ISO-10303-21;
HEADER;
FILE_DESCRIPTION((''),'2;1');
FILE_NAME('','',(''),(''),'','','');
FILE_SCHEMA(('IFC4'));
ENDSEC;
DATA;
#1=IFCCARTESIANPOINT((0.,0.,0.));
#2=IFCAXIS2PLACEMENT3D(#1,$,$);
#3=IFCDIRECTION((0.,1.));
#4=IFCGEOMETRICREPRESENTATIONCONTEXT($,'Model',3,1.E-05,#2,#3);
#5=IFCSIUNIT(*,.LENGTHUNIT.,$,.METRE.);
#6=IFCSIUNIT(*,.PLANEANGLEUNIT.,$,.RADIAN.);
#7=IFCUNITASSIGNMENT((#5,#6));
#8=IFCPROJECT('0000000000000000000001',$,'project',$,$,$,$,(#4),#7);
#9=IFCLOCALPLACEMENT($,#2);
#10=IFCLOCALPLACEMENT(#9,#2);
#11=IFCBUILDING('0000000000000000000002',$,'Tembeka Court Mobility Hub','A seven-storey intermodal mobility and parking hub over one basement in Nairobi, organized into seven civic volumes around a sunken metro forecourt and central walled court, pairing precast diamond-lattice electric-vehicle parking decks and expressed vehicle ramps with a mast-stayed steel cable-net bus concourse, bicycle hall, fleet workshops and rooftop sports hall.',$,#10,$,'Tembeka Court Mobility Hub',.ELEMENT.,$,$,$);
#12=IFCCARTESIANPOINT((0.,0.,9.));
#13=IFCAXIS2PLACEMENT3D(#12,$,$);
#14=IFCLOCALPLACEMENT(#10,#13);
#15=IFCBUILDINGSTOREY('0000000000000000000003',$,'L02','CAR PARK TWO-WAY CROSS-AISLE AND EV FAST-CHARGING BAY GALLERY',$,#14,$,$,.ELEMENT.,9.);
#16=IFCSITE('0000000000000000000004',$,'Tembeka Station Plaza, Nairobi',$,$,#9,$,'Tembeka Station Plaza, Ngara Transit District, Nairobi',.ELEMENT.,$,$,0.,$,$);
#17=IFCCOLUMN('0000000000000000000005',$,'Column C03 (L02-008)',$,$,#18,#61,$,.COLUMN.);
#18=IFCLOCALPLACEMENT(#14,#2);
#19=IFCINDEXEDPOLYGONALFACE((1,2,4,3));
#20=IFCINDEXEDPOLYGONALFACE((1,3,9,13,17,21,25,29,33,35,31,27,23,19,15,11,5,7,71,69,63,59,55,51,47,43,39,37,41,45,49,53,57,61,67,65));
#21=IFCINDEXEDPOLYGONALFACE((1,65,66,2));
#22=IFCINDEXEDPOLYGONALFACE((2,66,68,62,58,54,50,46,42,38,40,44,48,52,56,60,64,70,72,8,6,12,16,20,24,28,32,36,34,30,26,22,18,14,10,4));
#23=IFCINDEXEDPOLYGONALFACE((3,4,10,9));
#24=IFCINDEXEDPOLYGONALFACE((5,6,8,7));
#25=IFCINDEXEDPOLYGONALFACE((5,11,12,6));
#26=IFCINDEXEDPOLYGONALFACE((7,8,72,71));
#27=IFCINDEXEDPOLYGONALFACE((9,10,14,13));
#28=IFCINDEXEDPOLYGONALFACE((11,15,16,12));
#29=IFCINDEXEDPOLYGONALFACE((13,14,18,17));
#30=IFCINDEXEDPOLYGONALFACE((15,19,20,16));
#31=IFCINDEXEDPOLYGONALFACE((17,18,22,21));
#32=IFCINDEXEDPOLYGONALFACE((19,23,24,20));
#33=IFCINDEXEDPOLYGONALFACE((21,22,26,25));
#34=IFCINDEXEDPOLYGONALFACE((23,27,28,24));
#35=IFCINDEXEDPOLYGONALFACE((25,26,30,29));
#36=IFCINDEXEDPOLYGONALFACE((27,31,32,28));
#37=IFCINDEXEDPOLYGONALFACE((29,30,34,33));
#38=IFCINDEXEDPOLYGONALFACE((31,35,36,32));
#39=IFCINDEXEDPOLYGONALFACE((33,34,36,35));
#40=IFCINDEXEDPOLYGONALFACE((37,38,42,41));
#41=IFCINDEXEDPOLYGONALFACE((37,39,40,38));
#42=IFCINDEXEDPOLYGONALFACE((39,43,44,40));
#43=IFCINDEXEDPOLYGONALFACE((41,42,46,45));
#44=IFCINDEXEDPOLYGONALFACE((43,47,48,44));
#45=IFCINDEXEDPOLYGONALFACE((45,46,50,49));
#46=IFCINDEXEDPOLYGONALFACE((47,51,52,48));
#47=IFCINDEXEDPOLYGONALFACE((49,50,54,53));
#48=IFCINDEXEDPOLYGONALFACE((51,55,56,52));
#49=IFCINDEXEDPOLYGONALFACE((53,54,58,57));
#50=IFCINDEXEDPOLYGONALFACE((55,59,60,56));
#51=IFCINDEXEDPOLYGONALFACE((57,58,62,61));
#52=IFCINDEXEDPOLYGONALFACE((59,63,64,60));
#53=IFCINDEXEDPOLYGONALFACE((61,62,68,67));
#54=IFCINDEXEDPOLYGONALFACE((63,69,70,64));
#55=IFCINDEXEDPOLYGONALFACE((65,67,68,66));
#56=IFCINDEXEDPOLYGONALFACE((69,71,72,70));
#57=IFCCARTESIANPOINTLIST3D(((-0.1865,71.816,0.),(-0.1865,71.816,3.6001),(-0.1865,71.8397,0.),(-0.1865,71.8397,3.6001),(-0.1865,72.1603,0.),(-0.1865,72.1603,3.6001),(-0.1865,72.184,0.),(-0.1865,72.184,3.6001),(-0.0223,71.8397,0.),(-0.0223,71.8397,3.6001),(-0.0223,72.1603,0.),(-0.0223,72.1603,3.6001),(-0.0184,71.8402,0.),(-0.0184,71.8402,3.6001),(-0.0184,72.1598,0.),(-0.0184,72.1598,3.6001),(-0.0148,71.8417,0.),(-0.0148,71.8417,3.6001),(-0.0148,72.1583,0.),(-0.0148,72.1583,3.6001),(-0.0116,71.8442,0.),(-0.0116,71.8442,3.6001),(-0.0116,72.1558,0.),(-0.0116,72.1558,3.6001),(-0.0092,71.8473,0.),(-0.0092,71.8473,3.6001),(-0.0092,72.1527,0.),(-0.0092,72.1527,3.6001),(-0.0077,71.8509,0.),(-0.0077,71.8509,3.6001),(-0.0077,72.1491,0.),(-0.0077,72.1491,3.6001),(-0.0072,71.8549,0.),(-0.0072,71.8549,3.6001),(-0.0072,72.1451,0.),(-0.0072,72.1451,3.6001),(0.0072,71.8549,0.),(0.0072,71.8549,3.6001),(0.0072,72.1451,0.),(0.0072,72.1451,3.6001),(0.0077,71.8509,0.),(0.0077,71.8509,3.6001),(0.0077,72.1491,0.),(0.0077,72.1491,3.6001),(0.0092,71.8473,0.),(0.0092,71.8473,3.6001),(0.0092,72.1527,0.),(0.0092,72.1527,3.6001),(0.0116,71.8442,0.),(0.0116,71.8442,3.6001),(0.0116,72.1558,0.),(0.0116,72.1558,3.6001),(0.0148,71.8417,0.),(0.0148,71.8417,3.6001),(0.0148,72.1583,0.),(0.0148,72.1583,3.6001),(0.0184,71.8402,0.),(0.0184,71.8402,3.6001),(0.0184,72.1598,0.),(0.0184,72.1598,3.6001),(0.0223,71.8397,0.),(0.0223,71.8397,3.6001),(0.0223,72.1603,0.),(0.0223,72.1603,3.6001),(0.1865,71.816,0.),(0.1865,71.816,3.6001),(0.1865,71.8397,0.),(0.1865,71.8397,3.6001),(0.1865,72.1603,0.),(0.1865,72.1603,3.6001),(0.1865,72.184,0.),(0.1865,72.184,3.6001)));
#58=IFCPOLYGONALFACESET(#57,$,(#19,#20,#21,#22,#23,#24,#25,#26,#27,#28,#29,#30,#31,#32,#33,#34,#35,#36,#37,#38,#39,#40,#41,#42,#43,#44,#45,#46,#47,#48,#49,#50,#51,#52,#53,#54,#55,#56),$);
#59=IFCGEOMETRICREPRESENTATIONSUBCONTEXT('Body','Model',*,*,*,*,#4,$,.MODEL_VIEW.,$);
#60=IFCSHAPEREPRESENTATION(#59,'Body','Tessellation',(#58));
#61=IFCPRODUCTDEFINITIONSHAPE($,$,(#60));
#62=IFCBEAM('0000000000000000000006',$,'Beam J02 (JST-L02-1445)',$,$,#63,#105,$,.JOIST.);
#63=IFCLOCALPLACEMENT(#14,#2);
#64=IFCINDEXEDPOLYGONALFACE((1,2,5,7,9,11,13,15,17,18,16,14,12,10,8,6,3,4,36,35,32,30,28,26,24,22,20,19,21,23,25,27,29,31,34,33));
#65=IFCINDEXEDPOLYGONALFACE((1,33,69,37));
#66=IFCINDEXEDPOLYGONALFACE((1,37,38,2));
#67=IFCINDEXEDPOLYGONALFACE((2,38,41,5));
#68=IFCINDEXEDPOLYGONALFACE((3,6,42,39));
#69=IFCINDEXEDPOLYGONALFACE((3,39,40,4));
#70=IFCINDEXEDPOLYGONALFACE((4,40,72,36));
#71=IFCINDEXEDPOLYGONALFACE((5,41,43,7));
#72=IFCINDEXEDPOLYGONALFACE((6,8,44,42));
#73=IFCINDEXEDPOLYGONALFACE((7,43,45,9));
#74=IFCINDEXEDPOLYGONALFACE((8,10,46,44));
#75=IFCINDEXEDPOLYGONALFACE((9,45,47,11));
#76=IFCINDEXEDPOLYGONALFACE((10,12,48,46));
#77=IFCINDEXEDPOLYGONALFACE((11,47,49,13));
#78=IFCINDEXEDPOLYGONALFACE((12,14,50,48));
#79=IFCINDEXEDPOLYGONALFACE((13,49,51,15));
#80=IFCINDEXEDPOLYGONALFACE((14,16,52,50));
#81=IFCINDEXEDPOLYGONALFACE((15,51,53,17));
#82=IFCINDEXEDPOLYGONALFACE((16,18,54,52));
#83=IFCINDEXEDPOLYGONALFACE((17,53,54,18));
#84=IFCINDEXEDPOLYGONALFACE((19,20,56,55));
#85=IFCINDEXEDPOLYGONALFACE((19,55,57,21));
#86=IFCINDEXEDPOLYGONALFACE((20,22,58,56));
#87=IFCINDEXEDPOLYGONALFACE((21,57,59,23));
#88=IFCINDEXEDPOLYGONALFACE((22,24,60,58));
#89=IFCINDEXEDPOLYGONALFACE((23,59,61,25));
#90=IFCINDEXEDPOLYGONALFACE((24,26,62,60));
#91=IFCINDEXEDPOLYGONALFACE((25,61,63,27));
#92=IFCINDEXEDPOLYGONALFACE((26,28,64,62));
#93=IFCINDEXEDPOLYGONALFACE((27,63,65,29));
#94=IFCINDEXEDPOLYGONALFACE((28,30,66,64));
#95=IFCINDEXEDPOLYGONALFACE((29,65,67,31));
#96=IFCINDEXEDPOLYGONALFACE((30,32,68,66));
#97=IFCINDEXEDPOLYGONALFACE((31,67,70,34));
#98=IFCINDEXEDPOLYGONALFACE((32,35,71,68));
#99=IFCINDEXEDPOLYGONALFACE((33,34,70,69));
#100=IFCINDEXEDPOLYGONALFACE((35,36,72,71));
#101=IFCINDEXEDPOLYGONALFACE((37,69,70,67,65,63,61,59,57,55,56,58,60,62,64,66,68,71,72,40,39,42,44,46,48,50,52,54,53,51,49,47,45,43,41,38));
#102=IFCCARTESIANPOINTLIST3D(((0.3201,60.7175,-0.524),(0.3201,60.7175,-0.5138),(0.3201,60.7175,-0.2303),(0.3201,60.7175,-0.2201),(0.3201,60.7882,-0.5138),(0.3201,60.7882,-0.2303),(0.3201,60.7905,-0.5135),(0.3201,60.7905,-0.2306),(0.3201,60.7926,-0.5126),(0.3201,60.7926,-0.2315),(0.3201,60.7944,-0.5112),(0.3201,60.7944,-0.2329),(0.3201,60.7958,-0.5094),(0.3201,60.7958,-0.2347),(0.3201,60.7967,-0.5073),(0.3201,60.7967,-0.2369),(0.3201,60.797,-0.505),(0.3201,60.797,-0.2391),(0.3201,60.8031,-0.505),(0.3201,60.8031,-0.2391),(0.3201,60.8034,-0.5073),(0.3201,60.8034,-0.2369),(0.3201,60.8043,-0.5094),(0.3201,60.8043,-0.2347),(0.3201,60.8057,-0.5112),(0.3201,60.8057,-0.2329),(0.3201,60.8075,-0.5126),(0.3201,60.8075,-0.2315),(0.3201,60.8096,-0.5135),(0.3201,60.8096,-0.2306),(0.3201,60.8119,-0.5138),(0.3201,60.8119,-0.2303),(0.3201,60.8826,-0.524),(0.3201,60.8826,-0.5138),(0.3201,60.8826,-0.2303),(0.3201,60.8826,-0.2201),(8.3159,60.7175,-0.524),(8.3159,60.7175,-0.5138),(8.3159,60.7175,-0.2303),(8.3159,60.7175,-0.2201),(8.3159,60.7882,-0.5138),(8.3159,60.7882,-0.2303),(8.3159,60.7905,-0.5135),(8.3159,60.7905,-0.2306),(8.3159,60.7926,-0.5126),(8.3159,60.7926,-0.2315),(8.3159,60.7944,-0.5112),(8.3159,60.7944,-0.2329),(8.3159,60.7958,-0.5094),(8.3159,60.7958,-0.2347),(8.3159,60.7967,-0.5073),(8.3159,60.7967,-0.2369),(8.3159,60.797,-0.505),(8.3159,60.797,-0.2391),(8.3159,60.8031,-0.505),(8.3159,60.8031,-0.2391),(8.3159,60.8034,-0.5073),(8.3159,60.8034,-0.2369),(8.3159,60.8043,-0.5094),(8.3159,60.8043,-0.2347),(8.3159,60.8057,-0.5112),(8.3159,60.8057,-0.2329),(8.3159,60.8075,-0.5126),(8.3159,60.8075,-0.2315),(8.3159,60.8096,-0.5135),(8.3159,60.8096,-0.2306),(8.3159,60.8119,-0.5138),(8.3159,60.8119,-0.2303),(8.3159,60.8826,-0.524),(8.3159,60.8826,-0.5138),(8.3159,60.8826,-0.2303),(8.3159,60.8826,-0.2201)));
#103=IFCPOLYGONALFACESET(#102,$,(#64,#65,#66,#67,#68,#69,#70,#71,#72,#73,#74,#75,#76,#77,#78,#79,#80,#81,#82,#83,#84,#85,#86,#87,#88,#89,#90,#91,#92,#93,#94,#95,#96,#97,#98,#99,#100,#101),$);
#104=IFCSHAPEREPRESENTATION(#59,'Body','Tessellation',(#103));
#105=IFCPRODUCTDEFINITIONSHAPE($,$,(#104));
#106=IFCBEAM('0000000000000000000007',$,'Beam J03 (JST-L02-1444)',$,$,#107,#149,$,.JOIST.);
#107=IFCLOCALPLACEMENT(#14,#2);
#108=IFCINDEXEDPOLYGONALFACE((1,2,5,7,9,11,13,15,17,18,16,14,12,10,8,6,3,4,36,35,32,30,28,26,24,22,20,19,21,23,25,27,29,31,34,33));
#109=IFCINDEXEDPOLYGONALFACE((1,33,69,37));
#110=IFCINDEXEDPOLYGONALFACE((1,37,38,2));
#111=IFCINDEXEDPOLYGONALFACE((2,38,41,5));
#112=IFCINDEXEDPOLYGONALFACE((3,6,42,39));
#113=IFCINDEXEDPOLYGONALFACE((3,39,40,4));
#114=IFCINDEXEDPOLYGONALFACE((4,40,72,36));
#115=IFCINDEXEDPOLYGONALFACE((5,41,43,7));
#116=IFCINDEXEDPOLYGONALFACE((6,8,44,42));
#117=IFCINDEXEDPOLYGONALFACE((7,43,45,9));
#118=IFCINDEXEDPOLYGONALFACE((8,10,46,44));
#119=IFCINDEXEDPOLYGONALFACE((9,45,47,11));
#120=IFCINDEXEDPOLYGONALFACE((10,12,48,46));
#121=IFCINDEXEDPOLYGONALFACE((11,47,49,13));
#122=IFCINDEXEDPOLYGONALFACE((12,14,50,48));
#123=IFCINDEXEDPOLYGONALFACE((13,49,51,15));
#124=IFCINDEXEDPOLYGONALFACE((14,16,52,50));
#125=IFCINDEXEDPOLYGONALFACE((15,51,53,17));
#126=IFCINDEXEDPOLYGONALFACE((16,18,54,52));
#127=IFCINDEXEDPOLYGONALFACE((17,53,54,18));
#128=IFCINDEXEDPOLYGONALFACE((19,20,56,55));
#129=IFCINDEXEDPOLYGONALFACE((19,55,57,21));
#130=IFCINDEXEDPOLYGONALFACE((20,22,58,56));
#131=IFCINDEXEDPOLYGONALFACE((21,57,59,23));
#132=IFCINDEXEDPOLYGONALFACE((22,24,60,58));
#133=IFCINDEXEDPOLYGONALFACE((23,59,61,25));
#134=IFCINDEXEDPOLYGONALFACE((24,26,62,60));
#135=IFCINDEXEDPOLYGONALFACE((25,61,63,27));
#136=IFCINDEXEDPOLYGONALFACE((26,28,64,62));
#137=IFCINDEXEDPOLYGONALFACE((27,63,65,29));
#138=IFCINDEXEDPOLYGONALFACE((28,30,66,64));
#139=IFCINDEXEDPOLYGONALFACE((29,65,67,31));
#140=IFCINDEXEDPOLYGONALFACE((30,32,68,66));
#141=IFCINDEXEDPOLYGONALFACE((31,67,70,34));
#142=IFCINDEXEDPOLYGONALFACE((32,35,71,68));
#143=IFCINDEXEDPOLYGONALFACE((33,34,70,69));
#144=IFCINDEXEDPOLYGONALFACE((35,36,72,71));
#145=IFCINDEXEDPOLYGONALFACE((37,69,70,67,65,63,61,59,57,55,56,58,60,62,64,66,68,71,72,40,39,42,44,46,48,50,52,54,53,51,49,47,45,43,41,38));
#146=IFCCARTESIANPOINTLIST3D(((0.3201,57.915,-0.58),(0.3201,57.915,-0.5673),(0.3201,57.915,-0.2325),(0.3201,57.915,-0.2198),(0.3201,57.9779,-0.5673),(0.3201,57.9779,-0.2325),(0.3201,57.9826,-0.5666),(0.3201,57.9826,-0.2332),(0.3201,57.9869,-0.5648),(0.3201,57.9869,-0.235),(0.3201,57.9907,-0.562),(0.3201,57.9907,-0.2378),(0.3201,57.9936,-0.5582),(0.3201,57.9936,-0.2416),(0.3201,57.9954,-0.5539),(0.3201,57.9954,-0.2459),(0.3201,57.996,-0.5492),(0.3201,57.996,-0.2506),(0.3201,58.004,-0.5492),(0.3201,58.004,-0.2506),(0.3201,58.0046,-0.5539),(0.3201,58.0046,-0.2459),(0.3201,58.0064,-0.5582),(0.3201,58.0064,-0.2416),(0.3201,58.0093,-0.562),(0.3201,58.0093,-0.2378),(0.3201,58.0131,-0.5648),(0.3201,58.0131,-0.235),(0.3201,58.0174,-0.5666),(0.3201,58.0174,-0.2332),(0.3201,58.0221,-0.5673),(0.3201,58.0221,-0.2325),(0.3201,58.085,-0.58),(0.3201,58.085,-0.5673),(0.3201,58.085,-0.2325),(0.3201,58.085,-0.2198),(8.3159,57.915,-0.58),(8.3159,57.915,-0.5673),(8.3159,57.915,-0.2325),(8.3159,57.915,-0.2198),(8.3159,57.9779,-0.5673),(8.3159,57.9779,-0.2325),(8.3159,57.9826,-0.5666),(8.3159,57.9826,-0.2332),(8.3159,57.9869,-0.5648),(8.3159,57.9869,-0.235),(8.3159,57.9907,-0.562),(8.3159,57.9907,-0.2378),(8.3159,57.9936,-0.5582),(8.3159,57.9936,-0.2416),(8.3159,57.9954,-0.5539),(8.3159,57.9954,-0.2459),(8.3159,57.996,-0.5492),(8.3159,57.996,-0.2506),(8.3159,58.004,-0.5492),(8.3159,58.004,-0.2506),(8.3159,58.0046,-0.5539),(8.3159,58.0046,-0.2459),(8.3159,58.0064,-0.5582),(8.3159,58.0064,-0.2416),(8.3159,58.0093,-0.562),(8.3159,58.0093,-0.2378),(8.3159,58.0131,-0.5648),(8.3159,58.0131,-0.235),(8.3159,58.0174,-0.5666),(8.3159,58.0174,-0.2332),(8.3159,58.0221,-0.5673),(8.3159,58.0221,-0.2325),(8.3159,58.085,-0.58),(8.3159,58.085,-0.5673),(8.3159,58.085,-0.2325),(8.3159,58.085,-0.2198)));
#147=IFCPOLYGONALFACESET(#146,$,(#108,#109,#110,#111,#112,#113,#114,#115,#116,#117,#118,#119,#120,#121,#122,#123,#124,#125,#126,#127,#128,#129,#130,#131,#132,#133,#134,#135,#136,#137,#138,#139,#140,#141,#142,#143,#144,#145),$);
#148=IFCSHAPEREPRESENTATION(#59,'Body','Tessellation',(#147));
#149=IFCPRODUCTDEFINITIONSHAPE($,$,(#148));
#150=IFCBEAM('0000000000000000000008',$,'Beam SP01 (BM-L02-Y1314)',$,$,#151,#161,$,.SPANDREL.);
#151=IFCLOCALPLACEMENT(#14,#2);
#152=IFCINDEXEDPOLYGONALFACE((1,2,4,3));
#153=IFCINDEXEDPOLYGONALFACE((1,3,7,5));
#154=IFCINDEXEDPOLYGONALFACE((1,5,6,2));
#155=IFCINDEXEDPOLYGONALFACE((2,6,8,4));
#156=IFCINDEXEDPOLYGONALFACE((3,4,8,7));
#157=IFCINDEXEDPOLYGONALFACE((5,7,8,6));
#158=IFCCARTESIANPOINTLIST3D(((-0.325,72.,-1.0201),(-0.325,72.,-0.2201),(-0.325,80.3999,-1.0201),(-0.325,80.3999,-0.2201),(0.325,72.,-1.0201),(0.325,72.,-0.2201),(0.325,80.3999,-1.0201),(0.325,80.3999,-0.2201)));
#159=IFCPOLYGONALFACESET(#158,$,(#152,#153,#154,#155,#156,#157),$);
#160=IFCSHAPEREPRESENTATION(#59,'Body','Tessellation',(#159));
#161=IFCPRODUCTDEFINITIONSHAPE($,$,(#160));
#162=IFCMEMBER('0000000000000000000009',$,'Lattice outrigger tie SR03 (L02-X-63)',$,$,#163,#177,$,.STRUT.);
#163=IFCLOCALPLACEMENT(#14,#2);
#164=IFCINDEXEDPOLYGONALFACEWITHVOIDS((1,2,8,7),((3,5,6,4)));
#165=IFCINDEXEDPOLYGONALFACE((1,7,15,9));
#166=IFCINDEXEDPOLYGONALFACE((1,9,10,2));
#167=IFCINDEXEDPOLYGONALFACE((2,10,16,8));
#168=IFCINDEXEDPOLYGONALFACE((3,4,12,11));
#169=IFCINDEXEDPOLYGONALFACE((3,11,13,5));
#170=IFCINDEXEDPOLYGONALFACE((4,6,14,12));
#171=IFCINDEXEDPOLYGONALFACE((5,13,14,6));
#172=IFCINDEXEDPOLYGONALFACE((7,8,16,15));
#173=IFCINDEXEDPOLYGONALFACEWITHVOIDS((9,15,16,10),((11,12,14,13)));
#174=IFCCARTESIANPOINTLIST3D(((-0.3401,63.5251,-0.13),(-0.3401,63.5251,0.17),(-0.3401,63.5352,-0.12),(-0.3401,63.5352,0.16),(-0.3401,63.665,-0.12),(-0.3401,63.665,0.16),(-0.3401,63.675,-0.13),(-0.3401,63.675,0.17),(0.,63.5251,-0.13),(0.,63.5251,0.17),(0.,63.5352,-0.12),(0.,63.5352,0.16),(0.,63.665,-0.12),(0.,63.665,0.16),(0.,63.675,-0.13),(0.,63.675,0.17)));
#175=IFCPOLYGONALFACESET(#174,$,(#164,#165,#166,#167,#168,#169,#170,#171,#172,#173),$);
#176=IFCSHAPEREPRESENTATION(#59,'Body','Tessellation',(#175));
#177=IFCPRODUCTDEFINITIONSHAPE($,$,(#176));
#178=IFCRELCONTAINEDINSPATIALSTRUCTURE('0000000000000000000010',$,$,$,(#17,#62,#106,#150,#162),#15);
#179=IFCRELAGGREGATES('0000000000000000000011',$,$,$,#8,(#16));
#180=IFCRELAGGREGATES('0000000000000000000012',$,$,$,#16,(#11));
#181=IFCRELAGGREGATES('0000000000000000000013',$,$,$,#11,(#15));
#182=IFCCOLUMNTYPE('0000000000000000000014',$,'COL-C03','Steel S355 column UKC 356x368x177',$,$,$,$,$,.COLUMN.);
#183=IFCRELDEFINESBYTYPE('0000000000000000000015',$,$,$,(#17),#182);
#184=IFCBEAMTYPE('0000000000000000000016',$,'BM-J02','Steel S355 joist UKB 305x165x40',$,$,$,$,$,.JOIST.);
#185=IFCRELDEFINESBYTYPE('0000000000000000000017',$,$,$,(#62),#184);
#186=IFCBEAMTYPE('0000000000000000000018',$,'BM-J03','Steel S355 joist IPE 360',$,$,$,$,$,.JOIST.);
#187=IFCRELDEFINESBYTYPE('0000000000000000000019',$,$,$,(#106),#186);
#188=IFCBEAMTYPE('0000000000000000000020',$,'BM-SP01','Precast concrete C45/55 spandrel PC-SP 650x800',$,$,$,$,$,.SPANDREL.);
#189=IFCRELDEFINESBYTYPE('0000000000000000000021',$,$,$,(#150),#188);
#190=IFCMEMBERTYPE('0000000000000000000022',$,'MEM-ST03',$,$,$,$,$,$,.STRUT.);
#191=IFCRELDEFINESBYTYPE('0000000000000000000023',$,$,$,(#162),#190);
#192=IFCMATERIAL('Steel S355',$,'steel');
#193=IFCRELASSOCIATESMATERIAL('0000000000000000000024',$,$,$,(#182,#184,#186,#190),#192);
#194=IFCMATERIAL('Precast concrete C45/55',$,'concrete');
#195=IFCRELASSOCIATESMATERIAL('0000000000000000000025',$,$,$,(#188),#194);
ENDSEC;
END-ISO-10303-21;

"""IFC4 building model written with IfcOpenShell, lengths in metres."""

from ifc_helpers import new_model, si_unit, direction, frame, origin, origin_2d, place, context, subcontext, project, spatial, rectangle, hollow_rectangle, i_section, extrude, material, material_profile, profile_set, type_object, element, save


model = new_model("IFC4")

# Units and contexts
model_context = context("Model", 3, precision=1e-05, world=origin(), true_north=direction((0.0, 1.0)))
body_context = subcontext(model_context, "Body", "Model", "MODEL_VIEW")
ifc_project = project(units=[si_unit("LENGTHUNIT", "METRE"), si_unit("PLANEANGLEUNIT", "RADIAN")], contexts=[model_context])

# Site, building, storey
site_placement = place(None, origin())
site = spatial("IfcSite", under=ifc_project, at=site_placement, Name="Tembeka Station Plaza, Nairobi", LongName="Tembeka Station Plaza, Ngara Transit District, Nairobi", CompositionType="ELEMENT", RefElevation=0.0)
building_placement = place(site_placement, origin())
building = spatial("IfcBuilding", under=site, at=building_placement, Name="Tembeka Court Mobility Hub", Description="A seven-storey intermodal mobility and parking hub over one basement in Nairobi, organized into seven civic volumes around a sunken metro forecourt and central walled court, pairing precast diamond-lattice electric-vehicle parking decks and expressed vehicle ramps with a mast-stayed steel cable-net bus concourse, bicycle hall, fleet workshops and rooftop sports hall.", LongName="Tembeka Court Mobility Hub", CompositionType="ELEMENT")
storey_placement = place(building_placement, frame((0.0, 0.0, 9.0)))
storey = spatial("IfcBuildingStorey", under=building, at=storey_placement, Name="L02", Description="CAR PARK TWO-WAY CROSS-AISLE AND EV FAST-CHARGING BAY GALLERY", CompositionType="ELEMENT", Elevation=9.0)

# Column
ifc_material_1 = material(Name="Steel S355", Category="steel")
ifc_material_profile_1 = material_profile(ifc_material_1, i_section(OverallWidth=0.373, OverallDepth=0.3679, WebThickness=0.0144, FlangeThickness=0.0237, FilletRadius=0.0151, at=origin_2d()), Name="UKC 356x368x177")
ifc_profile_set_1 = profile_set([ifc_material_profile_1], Name="Steel S355")
column_type = type_object("IfcColumnType", Name="COL-C03", Description="Steel S355 column UKC 356x368x177", PredefinedType="COLUMN", material=ifc_profile_set_1)
column_placement = place(storey_placement, frame((0.0, 72.0, 0.0), z_axis=(0.0, 0.0, 1.0), x_axis=(1.0, 0.0, 0.0)))
element("IfcColumn", 1, at=column_placement, inside=storey, type_object=column_type, Name="Column C03 (L02-008)", PredefinedType="COLUMN", context=body_context, shape_type="SweptSolid", body=[
    extrude(i_section(OverallWidth=0.373, OverallDepth=0.3679, WebThickness=0.0144, FlangeThickness=0.0237, FilletRadius=0.0151, at=origin_2d()), origin(), (0.0, 0.0, 1.0), 3.6001),
])

# Beams
ifc_material_profile_2 = material_profile(ifc_material_1, i_section(OverallWidth=0.165, OverallDepth=0.304, WebThickness=0.0061, FlangeThickness=0.0103, FilletRadius=0.0088, at=origin_2d()), Name="UKB 305x165x40")
ifc_profile_set_2 = profile_set([ifc_material_profile_2], Name="Steel S355")
beam_type_1 = type_object("IfcBeamType", Name="BM-J02", Description="Steel S355 joist UKB 305x165x40", PredefinedType="JOIST", material=ifc_profile_set_2)
beam_1_placement = place(storey_placement, frame((0.3201, 60.8, -0.3721), z_axis=(1.0, 0.0, 0.0), x_axis=(0.0, 1.0, 0.0)))
element("IfcBeam", 2, at=beam_1_placement, inside=storey, type_object=beam_type_1, Name="Beam J02 (JST-L02-1445)", PredefinedType="JOIST", context=body_context, shape_type="SweptSolid", body=[
    extrude(i_section(OverallWidth=0.165, OverallDepth=0.304, WebThickness=0.0061, FlangeThickness=0.0103, FilletRadius=0.0088, at=origin_2d()), origin(), (0.0, 0.0, 1.0), 7.9958),
])
ifc_material_profile_3 = material_profile(ifc_material_1, i_section(OverallWidth=0.1699, OverallDepth=0.3601, WebThickness=0.0081, FlangeThickness=0.0127, FilletRadius=0.0181, at=origin_2d()), Name="IPE 360")
ifc_profile_set_3 = profile_set([ifc_material_profile_3], Name="Steel S355")
beam_type_2 = type_object("IfcBeamType", Name="BM-J03", Description="Steel S355 joist IPE 360", PredefinedType="JOIST", material=ifc_profile_set_3)
beam_2_placement = place(storey_placement, frame((0.3201, 58.0, -0.3999), z_axis=(1.0, 0.0, 0.0), x_axis=(0.0, 1.0, 0.0)))
element("IfcBeam", 3, at=beam_2_placement, inside=storey, type_object=beam_type_2, Name="Beam J03 (JST-L02-1444)", PredefinedType="JOIST", context=body_context, shape_type="SweptSolid", body=[
    extrude(i_section(OverallWidth=0.1699, OverallDepth=0.3601, WebThickness=0.0081, FlangeThickness=0.0127, FilletRadius=0.0181, at=origin_2d()), origin(), (0.0, 0.0, 1.0), 7.9958),
])
ifc_material_2 = material(Name="Precast concrete C45/55", Category="concrete")
ifc_material_profile_4 = material_profile(ifc_material_2, rectangle(XDim=0.6499, YDim=0.8, at=origin_2d()), Name="PC-SP 650x800")
ifc_profile_set_4 = profile_set([ifc_material_profile_4], Name="Precast concrete C45/55")
beam_type_3 = type_object("IfcBeamType", Name="BM-SP01", Description="Precast concrete C45/55 spandrel PC-SP 650x800", PredefinedType="SPANDREL", material=ifc_profile_set_4)
beam_3_placement = place(storey_placement, frame((0.0, 72.0, -0.6201), z_axis=(0.0, 1.0, 0.0), x_axis=(-1.0, 0.0, 0.0)))
element("IfcBeam", 4, at=beam_3_placement, inside=storey, type_object=beam_type_3, Name="Beam SP01 (BM-L02-Y1314)", PredefinedType="SPANDREL", context=body_context, shape_type="SweptSolid", body=[
    extrude(rectangle(XDim=0.6499, YDim=0.8, at=origin_2d()), origin(), (0.0, 0.0, 1.0), 8.3999),
])

# Member
ifc_material_profile_5 = material_profile(ifc_material_1, hollow_rectangle(XDim=0.1499, YDim=0.3, WallThickness=0.01, at=origin_2d()), Name="RHS 300x150x10")
ifc_profile_set_5 = profile_set([ifc_material_profile_5], Name="Steel S355")
member_type = type_object("IfcMemberType", Name="MEM-ST03", PredefinedType="STRUT", material=ifc_profile_set_5)
for number, where, z_axis, x_axis, name in (
    (5, (0.0, 63.6001, 0.02), (-1.0, 0.0, 0.0), (0.0, -1.0, 0.0), "Lattice outrigger tie SR03 (L02-X-63)"),
):
    element("IfcMember", number, at=place(storey_placement, frame(where, z_axis=z_axis, x_axis=x_axis)), inside=storey, type_object=member_type, Name=name, PredefinedType="STRUT", context=body_context, shape_type="SweptSolid", body=[
        extrude(hollow_rectangle(XDim=0.1499, YDim=0.3, WallThickness=0.01, at=origin_2d()), origin(), (0.0, 0.0, 1.0), 0.3401),
    ])

save(model, "model.ifc")
